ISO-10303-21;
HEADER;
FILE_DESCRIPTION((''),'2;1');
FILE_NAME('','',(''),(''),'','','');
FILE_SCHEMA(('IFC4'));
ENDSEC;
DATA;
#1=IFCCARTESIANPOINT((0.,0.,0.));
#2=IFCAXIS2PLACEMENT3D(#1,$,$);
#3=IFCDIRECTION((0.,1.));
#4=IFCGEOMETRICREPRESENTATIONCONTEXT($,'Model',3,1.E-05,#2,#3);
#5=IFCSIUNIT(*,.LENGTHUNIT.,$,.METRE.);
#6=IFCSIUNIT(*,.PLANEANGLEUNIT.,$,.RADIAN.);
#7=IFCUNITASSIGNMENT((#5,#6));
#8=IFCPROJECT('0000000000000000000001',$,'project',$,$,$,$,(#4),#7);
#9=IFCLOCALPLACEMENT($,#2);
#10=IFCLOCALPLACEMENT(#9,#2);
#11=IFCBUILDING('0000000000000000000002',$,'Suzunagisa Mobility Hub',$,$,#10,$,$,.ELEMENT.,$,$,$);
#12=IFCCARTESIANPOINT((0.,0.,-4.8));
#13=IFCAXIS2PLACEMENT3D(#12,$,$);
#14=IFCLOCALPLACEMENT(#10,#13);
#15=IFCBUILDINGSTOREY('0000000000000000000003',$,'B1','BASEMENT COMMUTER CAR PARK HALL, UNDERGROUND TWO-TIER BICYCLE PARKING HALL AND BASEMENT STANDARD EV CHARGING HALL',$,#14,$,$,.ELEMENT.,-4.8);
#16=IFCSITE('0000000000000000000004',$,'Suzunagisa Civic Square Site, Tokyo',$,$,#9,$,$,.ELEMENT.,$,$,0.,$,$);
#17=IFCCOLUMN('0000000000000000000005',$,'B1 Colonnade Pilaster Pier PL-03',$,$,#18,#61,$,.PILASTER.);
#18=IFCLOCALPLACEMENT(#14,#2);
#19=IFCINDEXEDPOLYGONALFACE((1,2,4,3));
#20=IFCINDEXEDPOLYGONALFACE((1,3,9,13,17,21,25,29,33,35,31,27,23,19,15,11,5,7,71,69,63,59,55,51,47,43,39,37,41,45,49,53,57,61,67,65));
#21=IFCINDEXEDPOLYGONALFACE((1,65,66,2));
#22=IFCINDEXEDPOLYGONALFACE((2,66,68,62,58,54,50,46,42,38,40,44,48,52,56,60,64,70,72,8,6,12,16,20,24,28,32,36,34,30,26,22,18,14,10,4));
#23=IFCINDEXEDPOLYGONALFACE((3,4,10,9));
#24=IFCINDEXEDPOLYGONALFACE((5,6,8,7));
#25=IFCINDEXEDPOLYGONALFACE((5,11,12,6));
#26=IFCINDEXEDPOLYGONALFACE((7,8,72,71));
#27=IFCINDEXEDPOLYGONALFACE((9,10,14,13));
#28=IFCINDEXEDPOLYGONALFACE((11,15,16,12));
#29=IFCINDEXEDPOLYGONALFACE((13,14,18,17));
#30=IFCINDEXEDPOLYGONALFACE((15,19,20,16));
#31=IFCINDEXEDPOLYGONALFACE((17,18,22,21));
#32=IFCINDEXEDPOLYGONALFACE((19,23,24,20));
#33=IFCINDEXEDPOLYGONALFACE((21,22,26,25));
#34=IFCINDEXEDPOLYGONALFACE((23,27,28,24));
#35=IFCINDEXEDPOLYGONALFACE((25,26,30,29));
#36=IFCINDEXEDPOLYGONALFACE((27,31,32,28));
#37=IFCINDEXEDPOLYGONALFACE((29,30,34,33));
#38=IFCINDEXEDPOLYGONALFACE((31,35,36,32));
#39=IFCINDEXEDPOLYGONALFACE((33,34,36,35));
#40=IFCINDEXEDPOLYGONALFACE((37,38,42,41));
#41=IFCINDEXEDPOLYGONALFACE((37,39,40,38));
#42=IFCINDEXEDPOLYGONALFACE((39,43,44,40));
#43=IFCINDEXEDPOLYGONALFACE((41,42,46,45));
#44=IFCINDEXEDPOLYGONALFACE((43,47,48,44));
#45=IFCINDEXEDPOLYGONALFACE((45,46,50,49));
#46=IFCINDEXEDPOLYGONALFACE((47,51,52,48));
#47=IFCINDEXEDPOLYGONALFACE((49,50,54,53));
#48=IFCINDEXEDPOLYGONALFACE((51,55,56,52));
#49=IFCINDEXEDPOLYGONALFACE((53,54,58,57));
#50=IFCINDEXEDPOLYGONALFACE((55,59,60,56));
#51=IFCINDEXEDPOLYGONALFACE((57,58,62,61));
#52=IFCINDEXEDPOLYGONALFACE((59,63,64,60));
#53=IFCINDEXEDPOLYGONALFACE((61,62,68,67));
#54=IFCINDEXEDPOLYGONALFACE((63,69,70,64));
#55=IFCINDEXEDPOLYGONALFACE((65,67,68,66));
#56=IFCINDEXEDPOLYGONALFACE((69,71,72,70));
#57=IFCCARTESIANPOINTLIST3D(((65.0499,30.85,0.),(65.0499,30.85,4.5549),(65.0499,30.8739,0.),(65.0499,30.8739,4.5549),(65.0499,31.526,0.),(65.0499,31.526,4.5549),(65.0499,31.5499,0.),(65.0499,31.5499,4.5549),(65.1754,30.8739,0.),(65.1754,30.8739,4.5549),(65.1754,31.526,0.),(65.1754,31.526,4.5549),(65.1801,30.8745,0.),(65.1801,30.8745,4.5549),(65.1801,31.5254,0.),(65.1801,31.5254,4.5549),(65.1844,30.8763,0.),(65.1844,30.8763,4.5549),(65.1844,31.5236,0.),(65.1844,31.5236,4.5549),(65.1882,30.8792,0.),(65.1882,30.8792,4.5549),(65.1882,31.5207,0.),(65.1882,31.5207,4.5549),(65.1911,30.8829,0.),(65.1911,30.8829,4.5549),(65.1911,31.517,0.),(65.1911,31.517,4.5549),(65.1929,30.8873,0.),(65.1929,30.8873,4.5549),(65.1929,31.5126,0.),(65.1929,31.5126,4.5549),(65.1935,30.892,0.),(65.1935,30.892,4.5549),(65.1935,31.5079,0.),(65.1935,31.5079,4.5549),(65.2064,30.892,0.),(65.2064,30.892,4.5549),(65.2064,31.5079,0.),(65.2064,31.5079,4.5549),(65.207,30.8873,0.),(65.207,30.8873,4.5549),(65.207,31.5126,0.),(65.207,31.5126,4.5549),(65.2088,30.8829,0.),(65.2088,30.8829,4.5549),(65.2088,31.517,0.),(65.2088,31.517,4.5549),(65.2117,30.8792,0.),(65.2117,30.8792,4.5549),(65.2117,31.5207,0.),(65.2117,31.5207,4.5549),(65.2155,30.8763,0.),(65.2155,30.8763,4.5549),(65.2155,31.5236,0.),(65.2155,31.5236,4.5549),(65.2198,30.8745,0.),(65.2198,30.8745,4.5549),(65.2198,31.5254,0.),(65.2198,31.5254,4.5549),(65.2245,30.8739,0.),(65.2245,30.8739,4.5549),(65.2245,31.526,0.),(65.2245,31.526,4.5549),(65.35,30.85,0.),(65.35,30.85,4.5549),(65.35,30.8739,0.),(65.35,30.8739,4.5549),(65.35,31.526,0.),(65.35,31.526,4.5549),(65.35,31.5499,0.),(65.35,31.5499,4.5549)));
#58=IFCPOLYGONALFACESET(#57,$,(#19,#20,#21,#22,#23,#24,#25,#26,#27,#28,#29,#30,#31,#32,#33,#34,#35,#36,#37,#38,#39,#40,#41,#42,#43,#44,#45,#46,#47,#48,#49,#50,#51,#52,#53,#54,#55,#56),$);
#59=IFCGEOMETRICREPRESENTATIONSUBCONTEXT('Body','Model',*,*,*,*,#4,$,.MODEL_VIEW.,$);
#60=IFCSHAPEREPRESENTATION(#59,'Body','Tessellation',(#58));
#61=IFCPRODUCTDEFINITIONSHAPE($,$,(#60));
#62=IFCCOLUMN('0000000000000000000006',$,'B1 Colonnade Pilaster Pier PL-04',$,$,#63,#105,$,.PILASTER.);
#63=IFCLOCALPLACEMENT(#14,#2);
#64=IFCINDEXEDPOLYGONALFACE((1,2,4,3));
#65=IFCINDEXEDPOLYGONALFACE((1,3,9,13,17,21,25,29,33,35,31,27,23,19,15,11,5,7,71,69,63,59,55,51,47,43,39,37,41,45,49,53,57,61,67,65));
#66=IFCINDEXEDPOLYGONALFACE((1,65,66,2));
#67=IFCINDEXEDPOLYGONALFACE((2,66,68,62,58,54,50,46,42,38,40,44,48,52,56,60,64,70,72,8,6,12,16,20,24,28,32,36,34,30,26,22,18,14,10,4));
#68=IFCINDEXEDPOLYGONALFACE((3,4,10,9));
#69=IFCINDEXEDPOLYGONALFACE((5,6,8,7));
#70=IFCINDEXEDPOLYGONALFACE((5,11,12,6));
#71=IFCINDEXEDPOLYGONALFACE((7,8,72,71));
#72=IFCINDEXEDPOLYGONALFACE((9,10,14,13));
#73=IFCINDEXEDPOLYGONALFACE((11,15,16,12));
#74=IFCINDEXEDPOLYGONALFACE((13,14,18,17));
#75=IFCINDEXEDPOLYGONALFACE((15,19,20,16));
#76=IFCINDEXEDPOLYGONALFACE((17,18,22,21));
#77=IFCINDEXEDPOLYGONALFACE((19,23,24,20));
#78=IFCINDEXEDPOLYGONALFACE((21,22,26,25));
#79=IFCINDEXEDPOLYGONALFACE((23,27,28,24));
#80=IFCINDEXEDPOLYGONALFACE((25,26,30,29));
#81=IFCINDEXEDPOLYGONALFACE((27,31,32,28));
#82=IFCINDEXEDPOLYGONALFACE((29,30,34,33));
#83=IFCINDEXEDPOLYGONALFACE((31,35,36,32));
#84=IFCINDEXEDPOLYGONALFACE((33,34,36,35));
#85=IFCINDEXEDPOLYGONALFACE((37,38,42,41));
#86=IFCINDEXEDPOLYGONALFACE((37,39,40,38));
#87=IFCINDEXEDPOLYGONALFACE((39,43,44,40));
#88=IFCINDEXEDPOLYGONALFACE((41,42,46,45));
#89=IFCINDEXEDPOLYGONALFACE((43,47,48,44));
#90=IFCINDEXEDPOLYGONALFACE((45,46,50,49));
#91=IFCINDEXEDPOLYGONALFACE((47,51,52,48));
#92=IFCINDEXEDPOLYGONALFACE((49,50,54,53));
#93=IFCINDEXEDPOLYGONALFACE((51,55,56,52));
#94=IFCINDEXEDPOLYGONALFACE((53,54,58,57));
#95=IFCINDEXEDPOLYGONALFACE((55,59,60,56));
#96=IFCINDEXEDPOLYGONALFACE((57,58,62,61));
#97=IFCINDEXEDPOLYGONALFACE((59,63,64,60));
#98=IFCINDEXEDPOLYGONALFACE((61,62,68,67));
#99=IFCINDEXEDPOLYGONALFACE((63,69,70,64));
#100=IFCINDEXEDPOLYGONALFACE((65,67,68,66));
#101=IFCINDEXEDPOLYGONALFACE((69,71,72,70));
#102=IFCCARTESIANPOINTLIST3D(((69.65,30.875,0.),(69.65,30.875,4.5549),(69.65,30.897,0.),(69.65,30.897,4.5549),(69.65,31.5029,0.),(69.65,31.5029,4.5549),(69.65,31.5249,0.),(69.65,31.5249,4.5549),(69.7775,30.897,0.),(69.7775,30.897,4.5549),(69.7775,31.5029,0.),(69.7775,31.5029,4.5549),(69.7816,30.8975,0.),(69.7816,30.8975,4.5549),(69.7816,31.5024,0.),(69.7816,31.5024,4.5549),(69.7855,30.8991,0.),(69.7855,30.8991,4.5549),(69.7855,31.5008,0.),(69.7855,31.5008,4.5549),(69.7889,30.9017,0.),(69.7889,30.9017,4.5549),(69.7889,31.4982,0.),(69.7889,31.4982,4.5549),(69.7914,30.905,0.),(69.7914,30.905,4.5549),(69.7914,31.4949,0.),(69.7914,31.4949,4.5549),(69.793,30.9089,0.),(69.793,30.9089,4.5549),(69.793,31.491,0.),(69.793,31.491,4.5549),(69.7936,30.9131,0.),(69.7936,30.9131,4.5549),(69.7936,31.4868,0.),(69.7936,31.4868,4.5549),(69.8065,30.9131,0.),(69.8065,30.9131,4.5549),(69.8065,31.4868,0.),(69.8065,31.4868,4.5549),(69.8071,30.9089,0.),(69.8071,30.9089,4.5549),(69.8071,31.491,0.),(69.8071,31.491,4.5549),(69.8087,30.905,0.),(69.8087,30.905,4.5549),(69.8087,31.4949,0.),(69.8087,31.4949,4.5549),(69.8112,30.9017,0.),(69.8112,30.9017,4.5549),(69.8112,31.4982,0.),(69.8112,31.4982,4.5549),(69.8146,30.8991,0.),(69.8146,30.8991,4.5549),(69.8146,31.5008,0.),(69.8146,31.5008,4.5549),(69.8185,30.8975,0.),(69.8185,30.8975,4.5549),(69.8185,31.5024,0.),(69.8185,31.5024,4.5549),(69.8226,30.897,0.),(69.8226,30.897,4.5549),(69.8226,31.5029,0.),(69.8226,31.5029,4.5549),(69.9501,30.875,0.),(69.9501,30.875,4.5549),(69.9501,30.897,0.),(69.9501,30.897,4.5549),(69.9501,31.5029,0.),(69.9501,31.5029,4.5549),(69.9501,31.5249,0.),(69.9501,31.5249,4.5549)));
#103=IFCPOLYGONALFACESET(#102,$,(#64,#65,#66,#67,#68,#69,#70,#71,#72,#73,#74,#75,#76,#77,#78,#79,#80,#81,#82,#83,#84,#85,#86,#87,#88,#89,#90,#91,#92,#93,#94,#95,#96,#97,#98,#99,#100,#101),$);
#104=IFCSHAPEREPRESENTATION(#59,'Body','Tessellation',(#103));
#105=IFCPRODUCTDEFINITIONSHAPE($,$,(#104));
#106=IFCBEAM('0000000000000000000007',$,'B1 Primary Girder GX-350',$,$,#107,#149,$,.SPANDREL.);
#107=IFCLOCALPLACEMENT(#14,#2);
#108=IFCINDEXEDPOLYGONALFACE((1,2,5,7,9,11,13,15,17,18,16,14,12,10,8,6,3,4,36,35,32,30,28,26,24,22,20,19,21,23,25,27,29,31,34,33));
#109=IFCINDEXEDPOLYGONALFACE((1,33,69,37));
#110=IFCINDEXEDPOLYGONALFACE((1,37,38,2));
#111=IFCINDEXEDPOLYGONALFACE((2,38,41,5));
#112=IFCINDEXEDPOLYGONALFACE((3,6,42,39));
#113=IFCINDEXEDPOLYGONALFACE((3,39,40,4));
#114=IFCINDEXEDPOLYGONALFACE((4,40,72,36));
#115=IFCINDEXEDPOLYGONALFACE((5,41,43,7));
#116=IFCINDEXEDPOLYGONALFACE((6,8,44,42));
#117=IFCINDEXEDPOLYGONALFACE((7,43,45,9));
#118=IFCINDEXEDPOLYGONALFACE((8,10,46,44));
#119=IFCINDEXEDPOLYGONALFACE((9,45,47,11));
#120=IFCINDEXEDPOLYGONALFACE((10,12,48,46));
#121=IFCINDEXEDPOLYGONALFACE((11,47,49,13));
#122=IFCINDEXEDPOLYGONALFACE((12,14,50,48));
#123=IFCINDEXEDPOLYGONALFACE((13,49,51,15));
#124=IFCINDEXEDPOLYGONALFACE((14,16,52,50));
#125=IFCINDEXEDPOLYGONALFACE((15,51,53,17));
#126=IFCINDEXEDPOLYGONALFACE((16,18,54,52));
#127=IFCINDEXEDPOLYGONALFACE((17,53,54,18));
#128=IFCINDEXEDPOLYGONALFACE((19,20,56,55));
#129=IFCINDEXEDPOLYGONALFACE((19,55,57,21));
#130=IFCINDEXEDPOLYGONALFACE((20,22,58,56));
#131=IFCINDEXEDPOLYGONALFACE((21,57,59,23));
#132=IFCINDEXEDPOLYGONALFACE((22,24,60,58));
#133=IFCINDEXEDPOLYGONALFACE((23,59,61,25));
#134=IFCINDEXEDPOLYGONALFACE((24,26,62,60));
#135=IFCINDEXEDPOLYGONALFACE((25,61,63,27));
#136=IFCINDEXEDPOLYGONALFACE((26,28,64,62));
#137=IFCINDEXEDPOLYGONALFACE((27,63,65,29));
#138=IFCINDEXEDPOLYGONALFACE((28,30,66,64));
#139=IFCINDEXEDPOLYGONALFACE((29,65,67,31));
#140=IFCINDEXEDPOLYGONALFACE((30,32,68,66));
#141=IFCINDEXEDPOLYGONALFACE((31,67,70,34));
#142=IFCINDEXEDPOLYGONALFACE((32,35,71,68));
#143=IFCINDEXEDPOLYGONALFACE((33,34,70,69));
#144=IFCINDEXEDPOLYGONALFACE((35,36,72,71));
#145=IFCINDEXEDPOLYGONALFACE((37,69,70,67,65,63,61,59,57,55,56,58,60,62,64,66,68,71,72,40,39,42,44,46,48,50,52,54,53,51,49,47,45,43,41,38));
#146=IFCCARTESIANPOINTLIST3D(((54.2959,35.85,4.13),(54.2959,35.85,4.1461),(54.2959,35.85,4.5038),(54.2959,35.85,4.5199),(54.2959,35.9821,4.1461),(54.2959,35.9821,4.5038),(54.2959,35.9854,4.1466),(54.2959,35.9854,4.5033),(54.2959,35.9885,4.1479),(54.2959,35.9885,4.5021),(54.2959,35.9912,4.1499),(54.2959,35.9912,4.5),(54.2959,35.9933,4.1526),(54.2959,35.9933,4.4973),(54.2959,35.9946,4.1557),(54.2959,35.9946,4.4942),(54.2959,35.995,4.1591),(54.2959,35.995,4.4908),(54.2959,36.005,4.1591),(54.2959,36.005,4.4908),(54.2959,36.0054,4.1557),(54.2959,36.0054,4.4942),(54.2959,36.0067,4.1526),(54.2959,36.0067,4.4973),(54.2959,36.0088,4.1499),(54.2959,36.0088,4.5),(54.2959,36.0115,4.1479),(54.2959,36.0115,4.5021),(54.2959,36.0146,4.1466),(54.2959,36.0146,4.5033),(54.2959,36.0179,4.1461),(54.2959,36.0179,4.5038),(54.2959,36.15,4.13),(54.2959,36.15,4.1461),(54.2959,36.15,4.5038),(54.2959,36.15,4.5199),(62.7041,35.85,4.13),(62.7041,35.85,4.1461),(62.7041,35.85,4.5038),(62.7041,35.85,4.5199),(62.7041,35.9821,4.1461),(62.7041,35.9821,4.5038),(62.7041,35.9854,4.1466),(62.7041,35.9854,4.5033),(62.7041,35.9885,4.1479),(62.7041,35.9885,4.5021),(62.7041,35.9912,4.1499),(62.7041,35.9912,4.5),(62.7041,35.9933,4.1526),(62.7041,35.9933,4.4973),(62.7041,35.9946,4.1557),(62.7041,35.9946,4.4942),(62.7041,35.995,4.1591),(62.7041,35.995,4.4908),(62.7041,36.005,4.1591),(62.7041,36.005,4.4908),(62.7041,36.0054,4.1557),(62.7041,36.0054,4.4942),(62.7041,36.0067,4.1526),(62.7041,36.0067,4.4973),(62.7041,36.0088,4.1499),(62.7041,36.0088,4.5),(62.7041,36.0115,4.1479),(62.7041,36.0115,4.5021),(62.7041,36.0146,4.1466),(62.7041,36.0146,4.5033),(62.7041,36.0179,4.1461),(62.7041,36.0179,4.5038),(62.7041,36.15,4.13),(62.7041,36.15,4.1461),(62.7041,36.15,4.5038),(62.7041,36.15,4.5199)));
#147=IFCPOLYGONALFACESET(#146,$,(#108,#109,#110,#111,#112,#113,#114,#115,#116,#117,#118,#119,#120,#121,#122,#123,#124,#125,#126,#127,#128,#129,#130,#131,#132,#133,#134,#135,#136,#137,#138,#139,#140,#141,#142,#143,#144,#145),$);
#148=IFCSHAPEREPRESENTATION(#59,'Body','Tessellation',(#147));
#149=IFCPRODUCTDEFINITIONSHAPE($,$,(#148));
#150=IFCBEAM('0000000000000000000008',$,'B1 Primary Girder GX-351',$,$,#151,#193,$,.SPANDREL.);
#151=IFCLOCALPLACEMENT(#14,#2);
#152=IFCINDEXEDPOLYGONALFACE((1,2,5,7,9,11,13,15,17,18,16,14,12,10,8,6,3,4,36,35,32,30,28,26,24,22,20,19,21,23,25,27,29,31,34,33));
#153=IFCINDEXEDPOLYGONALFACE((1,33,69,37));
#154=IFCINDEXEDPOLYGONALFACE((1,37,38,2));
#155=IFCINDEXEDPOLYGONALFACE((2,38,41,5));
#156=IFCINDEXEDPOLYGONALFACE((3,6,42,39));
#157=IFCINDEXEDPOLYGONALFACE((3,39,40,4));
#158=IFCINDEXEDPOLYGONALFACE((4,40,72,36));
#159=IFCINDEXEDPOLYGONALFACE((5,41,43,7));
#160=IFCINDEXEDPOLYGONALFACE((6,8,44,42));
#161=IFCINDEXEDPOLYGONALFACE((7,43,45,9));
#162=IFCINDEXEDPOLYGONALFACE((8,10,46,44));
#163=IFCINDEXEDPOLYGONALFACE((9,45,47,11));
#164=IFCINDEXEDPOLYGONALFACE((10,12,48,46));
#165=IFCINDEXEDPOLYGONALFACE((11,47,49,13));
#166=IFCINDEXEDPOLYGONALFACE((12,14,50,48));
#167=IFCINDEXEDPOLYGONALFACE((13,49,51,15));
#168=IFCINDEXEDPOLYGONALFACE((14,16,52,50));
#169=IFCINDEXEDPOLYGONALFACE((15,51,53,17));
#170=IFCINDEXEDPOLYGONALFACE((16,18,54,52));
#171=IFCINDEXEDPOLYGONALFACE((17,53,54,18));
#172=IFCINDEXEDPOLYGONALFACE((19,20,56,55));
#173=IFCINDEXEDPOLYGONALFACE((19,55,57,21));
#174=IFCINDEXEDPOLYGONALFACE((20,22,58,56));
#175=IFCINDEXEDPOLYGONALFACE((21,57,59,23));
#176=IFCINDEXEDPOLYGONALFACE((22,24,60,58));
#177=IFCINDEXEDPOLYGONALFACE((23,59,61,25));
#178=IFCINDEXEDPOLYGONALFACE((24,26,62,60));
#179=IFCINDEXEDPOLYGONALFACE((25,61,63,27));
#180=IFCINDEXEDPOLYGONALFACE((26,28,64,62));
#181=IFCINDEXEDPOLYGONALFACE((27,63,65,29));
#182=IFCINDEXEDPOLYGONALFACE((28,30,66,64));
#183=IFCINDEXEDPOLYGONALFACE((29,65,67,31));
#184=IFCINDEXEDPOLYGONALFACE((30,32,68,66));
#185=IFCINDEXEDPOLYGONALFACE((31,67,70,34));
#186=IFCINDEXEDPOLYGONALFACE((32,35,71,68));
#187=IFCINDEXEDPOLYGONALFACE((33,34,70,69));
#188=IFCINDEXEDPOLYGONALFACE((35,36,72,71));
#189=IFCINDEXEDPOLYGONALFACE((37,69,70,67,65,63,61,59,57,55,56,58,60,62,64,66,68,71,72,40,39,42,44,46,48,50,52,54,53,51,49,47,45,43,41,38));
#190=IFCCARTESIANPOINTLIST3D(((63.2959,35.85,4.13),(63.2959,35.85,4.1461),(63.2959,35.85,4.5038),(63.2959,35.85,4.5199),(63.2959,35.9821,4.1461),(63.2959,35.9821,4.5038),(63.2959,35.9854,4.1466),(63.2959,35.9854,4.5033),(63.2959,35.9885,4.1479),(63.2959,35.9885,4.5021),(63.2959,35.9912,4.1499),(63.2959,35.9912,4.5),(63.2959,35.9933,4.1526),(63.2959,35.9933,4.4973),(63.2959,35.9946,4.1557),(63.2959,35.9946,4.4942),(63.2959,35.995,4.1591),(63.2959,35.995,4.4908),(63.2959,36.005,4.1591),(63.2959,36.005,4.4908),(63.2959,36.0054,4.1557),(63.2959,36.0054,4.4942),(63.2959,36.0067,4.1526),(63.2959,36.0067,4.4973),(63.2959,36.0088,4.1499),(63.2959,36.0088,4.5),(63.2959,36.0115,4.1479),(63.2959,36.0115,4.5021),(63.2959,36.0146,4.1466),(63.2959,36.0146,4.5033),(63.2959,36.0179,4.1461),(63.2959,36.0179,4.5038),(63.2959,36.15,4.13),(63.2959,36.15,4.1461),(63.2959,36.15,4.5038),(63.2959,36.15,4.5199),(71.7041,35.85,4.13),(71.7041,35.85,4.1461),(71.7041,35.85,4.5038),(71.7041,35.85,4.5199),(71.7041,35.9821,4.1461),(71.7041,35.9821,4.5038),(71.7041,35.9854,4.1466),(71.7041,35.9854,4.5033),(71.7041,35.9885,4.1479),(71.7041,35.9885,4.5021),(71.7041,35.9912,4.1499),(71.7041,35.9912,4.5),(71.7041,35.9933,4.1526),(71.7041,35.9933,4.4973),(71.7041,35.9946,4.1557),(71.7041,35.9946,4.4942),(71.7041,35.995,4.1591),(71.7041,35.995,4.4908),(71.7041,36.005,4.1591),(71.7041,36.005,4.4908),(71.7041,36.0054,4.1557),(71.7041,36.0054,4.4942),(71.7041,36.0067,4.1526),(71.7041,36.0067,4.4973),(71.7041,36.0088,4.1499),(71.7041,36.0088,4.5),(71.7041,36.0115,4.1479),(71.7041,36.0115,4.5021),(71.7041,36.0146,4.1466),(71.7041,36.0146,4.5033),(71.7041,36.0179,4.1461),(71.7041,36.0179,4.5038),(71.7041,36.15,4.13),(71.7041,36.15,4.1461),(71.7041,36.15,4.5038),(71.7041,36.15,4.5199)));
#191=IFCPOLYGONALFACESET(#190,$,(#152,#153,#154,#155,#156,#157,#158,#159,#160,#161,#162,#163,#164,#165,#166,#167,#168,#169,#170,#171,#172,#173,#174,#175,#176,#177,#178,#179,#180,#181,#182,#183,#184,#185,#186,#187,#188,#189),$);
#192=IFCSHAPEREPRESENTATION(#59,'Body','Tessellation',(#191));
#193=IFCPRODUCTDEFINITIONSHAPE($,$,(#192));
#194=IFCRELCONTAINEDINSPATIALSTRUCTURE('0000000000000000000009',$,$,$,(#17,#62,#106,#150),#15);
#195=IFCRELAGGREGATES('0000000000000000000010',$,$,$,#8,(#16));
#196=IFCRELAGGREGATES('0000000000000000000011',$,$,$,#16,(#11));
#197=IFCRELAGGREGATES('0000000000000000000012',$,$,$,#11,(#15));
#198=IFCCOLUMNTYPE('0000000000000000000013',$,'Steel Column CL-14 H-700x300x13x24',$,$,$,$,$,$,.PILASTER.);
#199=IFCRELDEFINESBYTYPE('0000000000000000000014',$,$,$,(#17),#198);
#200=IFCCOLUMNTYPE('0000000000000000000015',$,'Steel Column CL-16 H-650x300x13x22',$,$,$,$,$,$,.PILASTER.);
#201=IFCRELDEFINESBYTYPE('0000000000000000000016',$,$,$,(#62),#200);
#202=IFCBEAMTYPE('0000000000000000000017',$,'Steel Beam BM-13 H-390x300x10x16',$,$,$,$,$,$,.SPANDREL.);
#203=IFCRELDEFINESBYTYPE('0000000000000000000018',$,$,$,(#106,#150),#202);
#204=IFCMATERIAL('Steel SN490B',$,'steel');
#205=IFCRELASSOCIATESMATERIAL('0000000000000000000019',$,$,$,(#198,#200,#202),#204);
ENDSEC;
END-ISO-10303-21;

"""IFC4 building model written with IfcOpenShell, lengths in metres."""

from ifc_helpers import new_model, si_unit, direction, frame, origin, origin_2d, place, context, subcontext, project, spatial, i_section, extrude, material, material_profile, profile_set, type_object, element, save


model = new_model("IFC4")

# Units and contexts
model_context = context("Model", 3, precision=1e-05, world=origin(), true_north=direction((0.0, 1.0)))
body_context = subcontext(model_context, "Body", "Model", "MODEL_VIEW")
ifc_project = project(units=[si_unit("LENGTHUNIT", "METRE"), si_unit("PLANEANGLEUNIT", "RADIAN")], contexts=[model_context])

# Site, building, storey
site_placement = place(None, origin())
site = spatial("IfcSite", under=ifc_project, at=site_placement, Name="Suzunagisa Civic Square Site, Tokyo", CompositionType="ELEMENT", RefElevation=0.0)
building_placement = place(site_placement, origin())
building = spatial("IfcBuilding", under=site, at=building_placement, Name="Suzunagisa Mobility Hub", CompositionType="ELEMENT")
storey_placement = place(building_placement, frame((0.0, 0.0, -4.8)))
storey = spatial("IfcBuildingStorey", under=building, at=storey_placement, Name="B1", Description="BASEMENT COMMUTER CAR PARK HALL, UNDERGROUND TWO-TIER BICYCLE PARKING HALL AND BASEMENT STANDARD EV CHARGING HALL", CompositionType="ELEMENT", Elevation=-4.8)

# Columns
ifc_material_1 = material(Name="Steel SN490B", Category="steel")
ifc_material_profile_1 = material_profile(ifc_material_1, i_section(OverallWidth=0.3, OverallDepth=0.7, WebThickness=0.0129, FlangeThickness=0.0239, FilletRadius=0.0181, at=origin_2d()), Name="H-700x300x13x24")
ifc_profile_set_1 = profile_set([ifc_material_profile_1], Name="Steel SN490B")
column_type_1 = type_object("IfcColumnType", Name="Steel Column CL-14 H-700x300x13x24", PredefinedType="PILASTER", material=ifc_profile_set_1)
column_1_placement = place(storey_placement, frame((65.2, 31.2, 0.0), z_axis=(0.0, 0.0, 1.0), x_axis=(1.0, 0.0, 0.0)))
element("IfcColumn", 1, at=column_1_placement, inside=storey, type_object=column_type_1, Name="B1 Colonnade Pilaster Pier PL-03", PredefinedType="PILASTER", context=body_context, shape_type="SweptSolid", body=[
    extrude(i_section(OverallWidth=0.3, OverallDepth=0.7, WebThickness=0.0129, FlangeThickness=0.0239, FilletRadius=0.0181, at=origin_2d()), origin(), (0.0, 0.0, 1.0), 4.5549),
])
ifc_material_profile_2 = material_profile(ifc_material_1, i_section(OverallWidth=0.3, OverallDepth=0.6499, WebThickness=0.0129, FlangeThickness=0.022, FilletRadius=0.0161, at=origin_2d()), Name="H-650x300x13x22")
ifc_profile_set_2 = profile_set([ifc_material_profile_2], Name="Steel SN490B")
column_type_2 = type_object("IfcColumnType", Name="Steel Column CL-16 H-650x300x13x22", PredefinedType="PILASTER", material=ifc_profile_set_2)
column_2_placement = place(storey_placement, frame((69.8, 31.2, 0.0), z_axis=(0.0, 0.0, 1.0), x_axis=(1.0, 0.0, 0.0)))
element("IfcColumn", 2, at=column_2_placement, inside=storey, type_object=column_type_2, Name="B1 Colonnade Pilaster Pier PL-04", PredefinedType="PILASTER", context=body_context, shape_type="SweptSolid", body=[
    extrude(i_section(OverallWidth=0.3, OverallDepth=0.6499, WebThickness=0.0129, FlangeThickness=0.022, FilletRadius=0.0161, at=origin_2d()), origin(), (0.0, 0.0, 1.0), 4.5549),
])

# Beams
ifc_material_profile_3 = material_profile(ifc_material_1, i_section(OverallWidth=0.3, OverallDepth=0.3899, WebThickness=0.01, FlangeThickness=0.0161, FilletRadius=0.0129, at=origin_2d()), Name="H-390x300x10x16")
ifc_profile_set_3 = profile_set([ifc_material_profile_3], Name="Steel SN490B")
beam_type = type_object("IfcBeamType", Name="Steel Beam BM-13 H-390x300x10x16", PredefinedType="SPANDREL", material=ifc_profile_set_3)
for number, where, z_axis, x_axis, name in (
    (3, (54.2959, 36.0, 4.325), (1.0, 0.0, 0.0), (0.0, 1.0, 0.0), "B1 Primary Girder GX-350"),
    (4, (63.2959, 36.0, 4.325), (1.0, 0.0, 0.0), (0.0, 1.0, 0.0), "B1 Primary Girder GX-351"),
):
    element("IfcBeam", number, at=place(storey_placement, frame(where, z_axis=z_axis, x_axis=x_axis)), inside=storey, type_object=beam_type, Name=name, PredefinedType="SPANDREL", context=body_context, shape_type="SweptSolid", body=[
        extrude(i_section(OverallWidth=0.3, OverallDepth=0.3899, WebThickness=0.01, FlangeThickness=0.0161, FilletRadius=0.0129, at=origin_2d()), origin(), (0.0, 0.0, 1.0), 8.4082),
    ])

save(model, "model.ifc")
